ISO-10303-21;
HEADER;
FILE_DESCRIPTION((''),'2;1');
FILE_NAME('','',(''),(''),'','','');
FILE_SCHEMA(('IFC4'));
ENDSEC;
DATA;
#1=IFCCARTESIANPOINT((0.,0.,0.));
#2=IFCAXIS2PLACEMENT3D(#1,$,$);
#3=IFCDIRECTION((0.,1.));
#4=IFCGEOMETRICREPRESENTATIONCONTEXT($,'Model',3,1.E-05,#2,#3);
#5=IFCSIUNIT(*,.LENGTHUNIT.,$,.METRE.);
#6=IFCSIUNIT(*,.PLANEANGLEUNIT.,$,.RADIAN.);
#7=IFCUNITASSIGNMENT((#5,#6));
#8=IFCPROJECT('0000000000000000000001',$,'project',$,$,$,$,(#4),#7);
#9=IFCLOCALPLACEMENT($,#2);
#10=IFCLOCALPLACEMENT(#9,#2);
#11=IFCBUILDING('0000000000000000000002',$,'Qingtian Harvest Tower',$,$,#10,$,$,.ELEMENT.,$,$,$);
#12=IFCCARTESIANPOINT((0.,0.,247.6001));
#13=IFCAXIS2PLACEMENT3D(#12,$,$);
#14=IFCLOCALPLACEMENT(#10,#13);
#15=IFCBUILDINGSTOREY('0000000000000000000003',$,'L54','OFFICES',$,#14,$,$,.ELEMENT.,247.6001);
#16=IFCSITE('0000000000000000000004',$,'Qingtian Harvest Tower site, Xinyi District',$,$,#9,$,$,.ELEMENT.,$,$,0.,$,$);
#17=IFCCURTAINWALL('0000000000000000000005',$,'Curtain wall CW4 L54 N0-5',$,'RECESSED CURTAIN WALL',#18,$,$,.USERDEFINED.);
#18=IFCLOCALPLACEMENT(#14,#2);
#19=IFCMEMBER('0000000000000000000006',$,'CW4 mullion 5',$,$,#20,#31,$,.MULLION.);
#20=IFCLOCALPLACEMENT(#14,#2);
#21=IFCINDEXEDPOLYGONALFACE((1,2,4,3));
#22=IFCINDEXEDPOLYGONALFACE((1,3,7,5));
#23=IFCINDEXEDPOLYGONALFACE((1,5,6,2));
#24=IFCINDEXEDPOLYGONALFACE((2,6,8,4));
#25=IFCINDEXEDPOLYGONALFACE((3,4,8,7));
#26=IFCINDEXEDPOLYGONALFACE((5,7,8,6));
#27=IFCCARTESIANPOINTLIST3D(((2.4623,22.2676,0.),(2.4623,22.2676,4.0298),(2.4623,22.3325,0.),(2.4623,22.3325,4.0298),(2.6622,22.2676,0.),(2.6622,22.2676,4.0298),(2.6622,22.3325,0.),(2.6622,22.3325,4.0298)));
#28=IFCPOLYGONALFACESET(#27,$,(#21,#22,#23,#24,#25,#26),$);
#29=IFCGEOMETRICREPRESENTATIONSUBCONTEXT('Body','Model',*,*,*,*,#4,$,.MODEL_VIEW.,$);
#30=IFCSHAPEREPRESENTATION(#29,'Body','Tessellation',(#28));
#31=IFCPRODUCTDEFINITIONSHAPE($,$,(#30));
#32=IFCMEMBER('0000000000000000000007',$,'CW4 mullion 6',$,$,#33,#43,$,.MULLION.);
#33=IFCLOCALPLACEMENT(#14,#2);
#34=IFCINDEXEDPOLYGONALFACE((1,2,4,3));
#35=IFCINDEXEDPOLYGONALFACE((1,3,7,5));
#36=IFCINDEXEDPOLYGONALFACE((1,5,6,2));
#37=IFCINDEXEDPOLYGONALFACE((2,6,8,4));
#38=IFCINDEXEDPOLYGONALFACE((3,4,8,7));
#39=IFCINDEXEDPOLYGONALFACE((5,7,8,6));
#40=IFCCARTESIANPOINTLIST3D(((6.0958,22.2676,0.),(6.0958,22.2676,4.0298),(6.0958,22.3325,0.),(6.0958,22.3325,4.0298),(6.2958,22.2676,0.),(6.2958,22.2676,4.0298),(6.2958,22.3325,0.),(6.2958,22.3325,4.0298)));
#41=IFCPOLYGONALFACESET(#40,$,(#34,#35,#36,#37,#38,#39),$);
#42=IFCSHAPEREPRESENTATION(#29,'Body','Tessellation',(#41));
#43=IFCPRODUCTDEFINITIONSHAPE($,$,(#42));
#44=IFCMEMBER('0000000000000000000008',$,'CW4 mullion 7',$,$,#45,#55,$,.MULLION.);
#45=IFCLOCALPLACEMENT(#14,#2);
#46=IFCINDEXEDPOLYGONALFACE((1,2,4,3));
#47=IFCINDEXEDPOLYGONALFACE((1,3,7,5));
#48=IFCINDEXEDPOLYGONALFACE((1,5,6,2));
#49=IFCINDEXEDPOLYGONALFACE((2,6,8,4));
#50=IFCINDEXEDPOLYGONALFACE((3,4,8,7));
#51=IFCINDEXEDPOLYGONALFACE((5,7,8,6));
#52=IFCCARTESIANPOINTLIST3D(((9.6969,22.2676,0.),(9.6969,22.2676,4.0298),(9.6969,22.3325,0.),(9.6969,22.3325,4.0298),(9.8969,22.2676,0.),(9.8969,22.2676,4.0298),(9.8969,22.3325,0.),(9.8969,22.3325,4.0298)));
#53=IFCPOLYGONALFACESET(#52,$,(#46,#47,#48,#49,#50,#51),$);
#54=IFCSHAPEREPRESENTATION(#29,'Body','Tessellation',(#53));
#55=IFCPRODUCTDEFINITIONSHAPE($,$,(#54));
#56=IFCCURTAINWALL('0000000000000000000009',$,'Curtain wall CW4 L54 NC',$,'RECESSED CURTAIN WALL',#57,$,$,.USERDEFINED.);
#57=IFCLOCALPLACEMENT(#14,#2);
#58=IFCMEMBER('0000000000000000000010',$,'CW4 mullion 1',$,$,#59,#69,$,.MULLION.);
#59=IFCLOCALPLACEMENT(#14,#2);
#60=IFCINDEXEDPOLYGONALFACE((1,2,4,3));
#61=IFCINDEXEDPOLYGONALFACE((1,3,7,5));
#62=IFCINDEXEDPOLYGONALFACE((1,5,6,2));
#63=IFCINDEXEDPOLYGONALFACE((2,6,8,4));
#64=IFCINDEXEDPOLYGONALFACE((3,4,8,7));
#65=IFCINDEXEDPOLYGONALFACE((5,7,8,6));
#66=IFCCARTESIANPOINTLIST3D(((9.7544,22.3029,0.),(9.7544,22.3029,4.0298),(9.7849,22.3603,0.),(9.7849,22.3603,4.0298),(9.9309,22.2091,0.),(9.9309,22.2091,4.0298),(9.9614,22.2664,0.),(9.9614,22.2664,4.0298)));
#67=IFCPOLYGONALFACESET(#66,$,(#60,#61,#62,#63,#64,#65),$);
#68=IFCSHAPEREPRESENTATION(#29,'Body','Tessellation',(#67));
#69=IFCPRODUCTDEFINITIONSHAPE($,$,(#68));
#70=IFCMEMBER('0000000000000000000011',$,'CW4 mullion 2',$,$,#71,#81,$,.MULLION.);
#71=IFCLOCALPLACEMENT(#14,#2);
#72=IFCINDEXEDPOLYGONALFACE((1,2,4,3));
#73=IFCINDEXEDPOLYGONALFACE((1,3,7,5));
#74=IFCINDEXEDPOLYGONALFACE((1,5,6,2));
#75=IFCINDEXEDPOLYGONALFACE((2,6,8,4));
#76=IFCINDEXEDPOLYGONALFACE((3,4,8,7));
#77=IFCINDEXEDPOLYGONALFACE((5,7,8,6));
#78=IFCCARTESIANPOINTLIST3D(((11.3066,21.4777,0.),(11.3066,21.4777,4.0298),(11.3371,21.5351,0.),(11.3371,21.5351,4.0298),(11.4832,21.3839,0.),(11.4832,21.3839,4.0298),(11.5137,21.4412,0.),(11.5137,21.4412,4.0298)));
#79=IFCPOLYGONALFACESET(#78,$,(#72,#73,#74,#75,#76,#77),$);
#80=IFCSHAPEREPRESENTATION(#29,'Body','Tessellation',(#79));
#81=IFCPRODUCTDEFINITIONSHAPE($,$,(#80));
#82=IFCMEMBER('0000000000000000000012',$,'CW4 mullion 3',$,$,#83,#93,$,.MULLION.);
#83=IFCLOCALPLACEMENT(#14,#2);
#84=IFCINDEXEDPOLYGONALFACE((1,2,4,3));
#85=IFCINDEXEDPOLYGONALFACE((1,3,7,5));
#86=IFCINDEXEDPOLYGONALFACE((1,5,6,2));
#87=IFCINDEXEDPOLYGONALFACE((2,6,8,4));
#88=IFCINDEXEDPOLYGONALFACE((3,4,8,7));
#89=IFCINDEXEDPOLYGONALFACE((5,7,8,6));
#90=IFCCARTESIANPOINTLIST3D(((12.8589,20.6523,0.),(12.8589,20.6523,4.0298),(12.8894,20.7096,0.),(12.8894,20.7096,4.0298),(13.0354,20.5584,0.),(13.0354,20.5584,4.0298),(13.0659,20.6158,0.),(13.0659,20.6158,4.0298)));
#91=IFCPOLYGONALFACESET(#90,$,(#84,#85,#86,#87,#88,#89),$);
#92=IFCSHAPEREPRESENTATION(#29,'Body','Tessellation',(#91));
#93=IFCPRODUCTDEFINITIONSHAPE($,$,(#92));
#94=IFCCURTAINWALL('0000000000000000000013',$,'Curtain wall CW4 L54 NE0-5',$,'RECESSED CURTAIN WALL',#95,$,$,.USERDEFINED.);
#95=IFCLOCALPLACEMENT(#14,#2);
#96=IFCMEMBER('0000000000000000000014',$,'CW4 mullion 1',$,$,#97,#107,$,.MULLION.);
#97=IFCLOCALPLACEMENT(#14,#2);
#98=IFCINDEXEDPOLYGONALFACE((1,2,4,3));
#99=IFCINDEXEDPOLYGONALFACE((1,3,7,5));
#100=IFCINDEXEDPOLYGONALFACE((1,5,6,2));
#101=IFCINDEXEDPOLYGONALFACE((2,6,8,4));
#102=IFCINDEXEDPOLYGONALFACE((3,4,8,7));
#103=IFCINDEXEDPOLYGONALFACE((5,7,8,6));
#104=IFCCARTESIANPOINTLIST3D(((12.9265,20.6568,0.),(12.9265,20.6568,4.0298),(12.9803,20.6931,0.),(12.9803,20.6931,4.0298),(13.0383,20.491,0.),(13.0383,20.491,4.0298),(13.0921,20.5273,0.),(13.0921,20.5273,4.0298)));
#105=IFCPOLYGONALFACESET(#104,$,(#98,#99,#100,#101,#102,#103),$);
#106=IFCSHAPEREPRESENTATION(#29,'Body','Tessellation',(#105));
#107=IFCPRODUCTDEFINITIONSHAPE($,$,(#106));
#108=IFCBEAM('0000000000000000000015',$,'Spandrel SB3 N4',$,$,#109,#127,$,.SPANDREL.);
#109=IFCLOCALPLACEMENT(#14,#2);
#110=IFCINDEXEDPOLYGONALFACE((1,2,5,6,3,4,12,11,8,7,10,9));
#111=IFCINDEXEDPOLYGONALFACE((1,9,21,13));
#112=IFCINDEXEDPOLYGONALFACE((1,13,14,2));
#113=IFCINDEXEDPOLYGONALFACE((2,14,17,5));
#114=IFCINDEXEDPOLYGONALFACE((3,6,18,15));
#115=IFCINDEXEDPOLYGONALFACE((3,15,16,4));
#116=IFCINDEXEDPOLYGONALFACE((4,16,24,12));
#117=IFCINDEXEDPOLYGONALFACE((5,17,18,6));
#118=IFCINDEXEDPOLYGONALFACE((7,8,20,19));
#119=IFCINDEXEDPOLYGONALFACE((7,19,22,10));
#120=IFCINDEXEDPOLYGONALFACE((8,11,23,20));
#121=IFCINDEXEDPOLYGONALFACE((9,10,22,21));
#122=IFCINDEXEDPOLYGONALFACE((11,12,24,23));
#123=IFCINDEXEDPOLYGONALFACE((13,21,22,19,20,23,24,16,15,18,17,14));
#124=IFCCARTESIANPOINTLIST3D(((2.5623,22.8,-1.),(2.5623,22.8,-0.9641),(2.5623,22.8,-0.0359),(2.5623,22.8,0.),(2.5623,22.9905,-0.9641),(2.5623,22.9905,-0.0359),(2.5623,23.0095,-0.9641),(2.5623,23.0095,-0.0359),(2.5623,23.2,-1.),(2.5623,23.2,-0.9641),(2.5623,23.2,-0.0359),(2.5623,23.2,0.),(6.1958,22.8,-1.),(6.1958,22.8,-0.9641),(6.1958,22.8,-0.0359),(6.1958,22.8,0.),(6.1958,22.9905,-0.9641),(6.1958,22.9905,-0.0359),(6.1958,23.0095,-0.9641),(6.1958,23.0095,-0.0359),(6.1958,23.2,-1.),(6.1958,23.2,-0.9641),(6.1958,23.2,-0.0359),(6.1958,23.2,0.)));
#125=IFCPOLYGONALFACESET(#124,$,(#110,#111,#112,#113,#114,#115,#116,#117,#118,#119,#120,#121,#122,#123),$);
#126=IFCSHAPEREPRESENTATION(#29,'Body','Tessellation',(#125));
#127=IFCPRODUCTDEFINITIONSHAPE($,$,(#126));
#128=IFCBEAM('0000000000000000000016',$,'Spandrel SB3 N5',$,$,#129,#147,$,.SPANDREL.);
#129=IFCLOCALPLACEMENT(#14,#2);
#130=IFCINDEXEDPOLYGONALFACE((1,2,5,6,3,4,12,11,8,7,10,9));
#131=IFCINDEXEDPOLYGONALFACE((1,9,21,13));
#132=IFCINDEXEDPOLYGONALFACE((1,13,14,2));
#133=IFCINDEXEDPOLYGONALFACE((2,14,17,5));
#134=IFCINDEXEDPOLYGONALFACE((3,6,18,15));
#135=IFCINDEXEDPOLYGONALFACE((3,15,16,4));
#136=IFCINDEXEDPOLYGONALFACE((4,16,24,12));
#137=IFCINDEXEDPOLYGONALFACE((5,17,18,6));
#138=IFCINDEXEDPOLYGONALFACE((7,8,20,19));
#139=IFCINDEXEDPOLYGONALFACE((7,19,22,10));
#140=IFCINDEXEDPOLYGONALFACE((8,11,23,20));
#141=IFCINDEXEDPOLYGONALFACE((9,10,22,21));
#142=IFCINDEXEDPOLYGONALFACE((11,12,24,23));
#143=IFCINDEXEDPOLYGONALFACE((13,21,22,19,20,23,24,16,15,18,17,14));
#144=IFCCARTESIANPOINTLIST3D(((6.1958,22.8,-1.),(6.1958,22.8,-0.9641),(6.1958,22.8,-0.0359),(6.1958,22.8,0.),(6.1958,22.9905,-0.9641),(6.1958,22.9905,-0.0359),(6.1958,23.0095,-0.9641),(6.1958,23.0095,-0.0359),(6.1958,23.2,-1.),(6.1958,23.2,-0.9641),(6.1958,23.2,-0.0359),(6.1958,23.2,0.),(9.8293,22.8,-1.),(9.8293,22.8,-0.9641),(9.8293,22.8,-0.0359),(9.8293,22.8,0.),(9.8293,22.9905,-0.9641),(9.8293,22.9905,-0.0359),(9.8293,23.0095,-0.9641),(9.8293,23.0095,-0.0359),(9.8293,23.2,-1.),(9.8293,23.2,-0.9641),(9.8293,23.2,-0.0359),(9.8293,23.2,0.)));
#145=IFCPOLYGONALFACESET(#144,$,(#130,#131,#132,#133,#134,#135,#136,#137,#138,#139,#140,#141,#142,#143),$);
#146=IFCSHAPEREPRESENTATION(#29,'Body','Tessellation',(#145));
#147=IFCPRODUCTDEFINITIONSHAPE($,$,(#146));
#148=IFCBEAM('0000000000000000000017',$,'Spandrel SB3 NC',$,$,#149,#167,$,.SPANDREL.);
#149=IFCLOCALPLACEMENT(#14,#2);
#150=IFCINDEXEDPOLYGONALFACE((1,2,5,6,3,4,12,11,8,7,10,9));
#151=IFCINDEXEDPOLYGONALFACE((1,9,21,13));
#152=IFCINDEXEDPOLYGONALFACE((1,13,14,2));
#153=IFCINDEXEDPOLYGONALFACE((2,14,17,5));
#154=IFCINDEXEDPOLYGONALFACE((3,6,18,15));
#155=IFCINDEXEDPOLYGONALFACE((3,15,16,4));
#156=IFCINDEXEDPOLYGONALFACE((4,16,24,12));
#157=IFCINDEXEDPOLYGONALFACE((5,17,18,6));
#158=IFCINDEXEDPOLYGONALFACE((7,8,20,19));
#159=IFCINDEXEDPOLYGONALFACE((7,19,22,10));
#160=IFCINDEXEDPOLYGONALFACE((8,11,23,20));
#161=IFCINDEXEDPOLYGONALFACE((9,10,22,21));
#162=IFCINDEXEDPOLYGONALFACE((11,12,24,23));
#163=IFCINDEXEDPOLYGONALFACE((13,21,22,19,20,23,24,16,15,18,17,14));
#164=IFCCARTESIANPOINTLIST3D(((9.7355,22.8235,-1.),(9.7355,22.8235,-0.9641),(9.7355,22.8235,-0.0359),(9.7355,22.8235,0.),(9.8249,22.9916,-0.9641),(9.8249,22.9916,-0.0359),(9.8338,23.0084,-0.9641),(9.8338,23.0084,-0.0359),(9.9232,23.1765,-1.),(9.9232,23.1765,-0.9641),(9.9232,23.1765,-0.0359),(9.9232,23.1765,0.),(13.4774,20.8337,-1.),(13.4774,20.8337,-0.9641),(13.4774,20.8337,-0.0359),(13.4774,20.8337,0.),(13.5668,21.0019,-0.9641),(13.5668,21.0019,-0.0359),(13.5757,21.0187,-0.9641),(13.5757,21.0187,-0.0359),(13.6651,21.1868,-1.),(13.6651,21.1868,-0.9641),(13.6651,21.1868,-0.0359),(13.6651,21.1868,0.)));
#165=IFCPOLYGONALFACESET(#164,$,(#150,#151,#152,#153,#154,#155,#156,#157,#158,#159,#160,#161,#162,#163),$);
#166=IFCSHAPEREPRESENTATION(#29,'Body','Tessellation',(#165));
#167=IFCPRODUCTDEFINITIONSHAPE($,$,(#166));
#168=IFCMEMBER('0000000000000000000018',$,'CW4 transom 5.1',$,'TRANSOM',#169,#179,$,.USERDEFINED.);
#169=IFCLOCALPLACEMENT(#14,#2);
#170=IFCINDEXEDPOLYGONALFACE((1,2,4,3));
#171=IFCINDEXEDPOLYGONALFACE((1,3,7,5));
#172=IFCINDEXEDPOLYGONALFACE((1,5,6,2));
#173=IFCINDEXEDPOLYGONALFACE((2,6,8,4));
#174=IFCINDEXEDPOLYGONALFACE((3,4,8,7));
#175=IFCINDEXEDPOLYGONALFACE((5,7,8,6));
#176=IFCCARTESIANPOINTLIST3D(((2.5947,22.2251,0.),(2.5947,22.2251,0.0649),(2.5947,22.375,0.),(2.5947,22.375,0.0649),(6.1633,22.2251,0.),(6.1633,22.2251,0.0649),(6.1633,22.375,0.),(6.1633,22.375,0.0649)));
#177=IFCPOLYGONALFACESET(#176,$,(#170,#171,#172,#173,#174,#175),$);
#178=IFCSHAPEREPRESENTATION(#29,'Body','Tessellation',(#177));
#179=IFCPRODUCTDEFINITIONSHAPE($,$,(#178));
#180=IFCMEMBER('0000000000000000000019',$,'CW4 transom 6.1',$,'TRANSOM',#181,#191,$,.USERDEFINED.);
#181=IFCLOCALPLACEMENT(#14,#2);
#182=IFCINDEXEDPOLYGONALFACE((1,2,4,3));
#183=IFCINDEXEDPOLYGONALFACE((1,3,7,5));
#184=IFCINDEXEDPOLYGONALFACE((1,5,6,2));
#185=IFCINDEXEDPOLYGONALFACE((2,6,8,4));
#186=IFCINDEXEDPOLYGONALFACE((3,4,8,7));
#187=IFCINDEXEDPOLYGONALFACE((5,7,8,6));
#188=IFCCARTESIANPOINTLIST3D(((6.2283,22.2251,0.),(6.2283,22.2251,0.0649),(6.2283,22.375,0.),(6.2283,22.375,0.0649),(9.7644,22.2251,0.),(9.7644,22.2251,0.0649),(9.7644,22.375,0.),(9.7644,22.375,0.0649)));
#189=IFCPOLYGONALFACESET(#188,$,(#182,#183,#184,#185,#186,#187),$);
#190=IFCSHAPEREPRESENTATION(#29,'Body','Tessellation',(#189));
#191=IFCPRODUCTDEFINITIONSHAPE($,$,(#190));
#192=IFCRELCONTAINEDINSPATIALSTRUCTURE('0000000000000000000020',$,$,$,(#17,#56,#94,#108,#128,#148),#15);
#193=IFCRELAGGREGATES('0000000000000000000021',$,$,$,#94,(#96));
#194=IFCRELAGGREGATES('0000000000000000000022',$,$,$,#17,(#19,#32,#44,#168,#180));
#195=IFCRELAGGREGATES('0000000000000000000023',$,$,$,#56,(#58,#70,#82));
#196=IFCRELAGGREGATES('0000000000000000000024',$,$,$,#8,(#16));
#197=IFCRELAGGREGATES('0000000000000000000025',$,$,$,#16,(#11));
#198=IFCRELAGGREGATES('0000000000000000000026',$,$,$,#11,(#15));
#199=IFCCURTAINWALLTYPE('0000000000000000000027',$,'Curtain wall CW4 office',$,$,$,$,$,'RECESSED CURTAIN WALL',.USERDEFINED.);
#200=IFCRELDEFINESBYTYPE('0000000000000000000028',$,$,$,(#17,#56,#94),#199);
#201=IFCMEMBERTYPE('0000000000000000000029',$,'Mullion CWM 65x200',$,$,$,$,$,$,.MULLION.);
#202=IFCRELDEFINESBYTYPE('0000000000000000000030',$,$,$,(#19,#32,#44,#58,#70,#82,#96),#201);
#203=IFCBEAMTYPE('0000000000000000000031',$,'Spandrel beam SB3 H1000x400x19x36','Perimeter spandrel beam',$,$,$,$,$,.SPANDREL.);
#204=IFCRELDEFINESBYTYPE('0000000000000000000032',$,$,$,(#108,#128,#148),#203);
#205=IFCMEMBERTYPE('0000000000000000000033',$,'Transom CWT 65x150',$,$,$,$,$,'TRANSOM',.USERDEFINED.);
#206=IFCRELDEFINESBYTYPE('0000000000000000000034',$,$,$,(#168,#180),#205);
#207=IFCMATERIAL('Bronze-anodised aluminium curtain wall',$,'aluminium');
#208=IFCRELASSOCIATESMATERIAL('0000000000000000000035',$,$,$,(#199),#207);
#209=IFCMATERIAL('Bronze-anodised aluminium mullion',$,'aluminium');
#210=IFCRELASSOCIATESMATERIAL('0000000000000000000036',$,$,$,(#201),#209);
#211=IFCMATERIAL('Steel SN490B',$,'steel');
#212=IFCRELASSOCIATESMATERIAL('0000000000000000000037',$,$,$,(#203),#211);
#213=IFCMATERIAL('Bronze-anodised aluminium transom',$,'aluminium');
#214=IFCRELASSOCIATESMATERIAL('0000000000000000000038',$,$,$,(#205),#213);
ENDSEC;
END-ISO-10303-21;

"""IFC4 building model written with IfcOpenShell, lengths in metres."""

from ifc_helpers import new_model, si_unit, direction, frame, origin, origin_2d, place, context, subcontext, project, spatial, rectangle, i_section, extrude, material, material_profile, profile_set, type_object, element, aggregate, save


model = new_model("IFC4")

# Units and contexts
model_context = context("Model", 3, precision=1e-05, world=origin(), true_north=direction((0.0, 1.0)))
body_context = subcontext(model_context, "Body", "Model", "MODEL_VIEW")
ifc_project = project(units=[si_unit("LENGTHUNIT", "METRE"), si_unit("PLANEANGLEUNIT", "RADIAN")], contexts=[model_context])

# Site, building, storey
site_placement = place(None, origin())
site = spatial("IfcSite", under=ifc_project, at=site_placement, Name="Qingtian Harvest Tower site, Xinyi District", CompositionType="ELEMENT", RefElevation=0.0)
building_placement = place(site_placement, origin())
building = spatial("IfcBuilding", under=site, at=building_placement, Name="Qingtian Harvest Tower", CompositionType="ELEMENT")
storey_placement = place(building_placement, frame((0.0, 0.0, 247.6001)))
storey = spatial("IfcBuildingStorey", under=building, at=storey_placement, Name="L54", Description="OFFICES", CompositionType="ELEMENT", Elevation=247.6001)

# Curtain walls, members
ifc_material_1 = material(Name="Bronze-anodised aluminium curtain wall", Category="aluminium")
curtain_wall_type = type_object("IfcCurtainWallType", Name="Curtain wall CW4 office", ElementType="RECESSED CURTAIN WALL", PredefinedType="USERDEFINED", material=ifc_material_1)
curtain_wall_1_placement = place(storey_placement, origin())
curtain_wall_1 = element("IfcCurtainWall", 1, at=curtain_wall_1_placement, inside=storey, type_object=curtain_wall_type, Name="Curtain wall CW4 L54 N0-5", ObjectType="RECESSED CURTAIN WALL", PredefinedType="USERDEFINED")
ifc_material_2 = material(Name="Bronze-anodised aluminium mullion", Category="aluminium")
ifc_material_profile_1 = material_profile(ifc_material_2, rectangle(XDim=0.0649, YDim=0.2, at=origin_2d()), Name="AL 65x200")
ifc_profile_set_1 = profile_set([ifc_material_profile_1], Name="Bronze-anodised aluminium mullion")
member_type_1 = type_object("IfcMemberType", Name="Mullion CWM 65x200", PredefinedType="MULLION", material=ifc_profile_set_1)
member_1_placement = place(storey_placement, frame((2.5623, 22.3, 0.0), z_axis=(0.0, 0.0, 1.0), x_axis=(0.0, 1.0, 0.0)))
member_1 = element("IfcMember", 2, at=member_1_placement, type_object=member_type_1, Name="CW4 mullion 5", PredefinedType="MULLION", context=body_context, shape_type="SweptSolid", body=[
    extrude(rectangle(XDim=0.0649, YDim=0.2, at=origin_2d()), origin(), (0.0, 0.0, 1.0), 4.0298),
])
member_2_placement = place(storey_placement, frame((6.1958, 22.3, 0.0), z_axis=(0.0, 0.0, 1.0), x_axis=(0.0, 1.0, 0.0)))
member_2 = element("IfcMember", 3, at=member_2_placement, type_object=member_type_1, Name="CW4 mullion 6", PredefinedType="MULLION", context=body_context, shape_type="SweptSolid", body=[
    extrude(rectangle(XDim=0.0649, YDim=0.2, at=origin_2d()), origin(), (0.0, 0.0, 1.0), 4.0298),
])
member_3_placement = place(storey_placement, frame((9.7969, 22.3, 0.0), z_axis=(0.0, 0.0, 1.0), x_axis=(0.0, 1.0, 0.0)))
member_3 = element("IfcMember", 4, at=member_3_placement, type_object=member_type_1, Name="CW4 mullion 7", PredefinedType="MULLION", context=body_context, shape_type="SweptSolid", body=[
    extrude(rectangle(XDim=0.0649, YDim=0.2, at=origin_2d()), origin(), (0.0, 0.0, 1.0), 4.0298),
])
curtain_wall_2_placement = place(storey_placement, origin())
curtain_wall_2 = element("IfcCurtainWall", 5, at=curtain_wall_2_placement, inside=storey, type_object=curtain_wall_type, Name="Curtain wall CW4 L54 NC", ObjectType="RECESSED CURTAIN WALL", PredefinedType="USERDEFINED")
member_4_placement = place(storey_placement, frame((9.8579, 22.2847, 0.0), z_axis=(0.0, 0.0, 1.0), x_axis=(0.469472, 0.882948, 0.0)))
member_4 = element("IfcMember", 6, at=member_4_placement, type_object=member_type_1, Name="CW4 mullion 1", PredefinedType="MULLION", context=body_context, shape_type="SweptSolid", body=[
    extrude(rectangle(XDim=0.0649, YDim=0.2, at=origin_2d()), origin(), (0.0, 0.0, 1.0), 4.0298),
])
member_5_placement = place(storey_placement, frame((11.4102, 21.4595, 0.0), z_axis=(0.0, 0.0, 1.0), x_axis=(0.469472, 0.882948, 0.0)))
member_5 = element("IfcMember", 7, at=member_5_placement, type_object=member_type_1, Name="CW4 mullion 2", PredefinedType="MULLION", context=body_context, shape_type="SweptSolid", body=[
    extrude(rectangle(XDim=0.0649, YDim=0.2, at=origin_2d()), origin(), (0.0, 0.0, 1.0), 4.0298),
])
member_6_placement = place(storey_placement, frame((12.9624, 20.634, 0.0), z_axis=(0.0, 0.0, 1.0), x_axis=(0.469472, 0.882948, 0.0)))
member_6 = element("IfcMember", 8, at=member_6_placement, type_object=member_type_1, Name="CW4 mullion 3", PredefinedType="MULLION", context=body_context, shape_type="SweptSolid", body=[
    extrude(rectangle(XDim=0.0649, YDim=0.2, at=origin_2d()), origin(), (0.0, 0.0, 1.0), 4.0298),
])

# Curtain wall, member
curtain_wall_3_placement = place(storey_placement, origin())
curtain_wall_3 = element("IfcCurtainWall", 9, at=curtain_wall_3_placement, inside=storey, type_object=curtain_wall_type, Name="Curtain wall CW4 L54 NE0-5", ObjectType="RECESSED CURTAIN WALL", PredefinedType="USERDEFINED")
member_7_placement = place(storey_placement, frame((13.0093, 20.592, 0.0), z_axis=(0.0, 0.0, 1.0), x_axis=(0.829038, 0.559193, 0.0)))
member_7 = element("IfcMember", 10, at=member_7_placement, type_object=member_type_1, Name="CW4 mullion 1", PredefinedType="MULLION", context=body_context, shape_type="SweptSolid", body=[
    extrude(rectangle(XDim=0.0649, YDim=0.2, at=origin_2d()), origin(), (0.0, 0.0, 1.0), 4.0298),
])

# Beams
ifc_material_3 = material(Name="Steel SN490B", Category="steel")
ifc_material_profile_2 = material_profile(ifc_material_3, i_section(OverallWidth=0.3999, OverallDepth=1.0, WebThickness=0.019, FlangeThickness=0.0359, at=origin_2d()), Name="H1000x400x19x36")
ifc_profile_set_2 = profile_set([ifc_material_profile_2], Name="Steel SN490B")
beam_type_1 = type_object("IfcBeamType", Name="Spandrel beam SB3 H1000x400x19x36", Description="Perimeter spandrel beam", PredefinedType="SPANDREL", material=ifc_profile_set_2)
for number, where, z_axis, x_axis, name in (
    (11, (2.5623, 23.0, -0.5), (1.0, 0.0, 0.0), (0.0, 1.0, 0.0), "Spandrel SB3 N4"),
    (12, (6.1958, 23.0, -0.5), (1.0, 0.0, 0.0), (0.0, 1.0, 0.0), "Spandrel SB3 N5"),
):
    element("IfcBeam", number, at=place(storey_placement, frame(where, z_axis=z_axis, x_axis=x_axis)), inside=storey, type_object=beam_type_1, Name=name, PredefinedType="SPANDREL", context=body_context, shape_type="SweptSolid", body=[
        extrude(i_section(OverallWidth=0.3999, OverallDepth=1.0, WebThickness=0.019, FlangeThickness=0.0359, at=origin_2d()), origin(), (0.0, 0.0, 1.0), 3.6335),
    ])
beam_1_placement = place(storey_placement, frame((9.8293, 23.0, -0.5), z_axis=(0.882936, -0.469494, 0.0), x_axis=(0.469494, 0.882936, 0.0)))
element("IfcBeam", 13, at=beam_1_placement, inside=storey, type_object=beam_type_1, Name="Spandrel SB3 NC", PredefinedType="SPANDREL", context=body_context, shape_type="SweptSolid", body=[
    extrude(i_section(OverallWidth=0.3999, OverallDepth=1.0, WebThickness=0.019, FlangeThickness=0.0359, at=origin_2d()), origin(), (0.0, 0.0, 1.0), 4.238),
])

# Members
ifc_material_4 = material(Name="Bronze-anodised aluminium transom", Category="aluminium")
ifc_material_profile_3 = material_profile(ifc_material_4, rectangle(XDim=0.1499, YDim=0.0649, at=origin_2d()), Name="AL 65x150")
ifc_profile_set_3 = profile_set([ifc_material_profile_3], Name="Bronze-anodised aluminium transom")
member_type_2 = type_object("IfcMemberType", Name="Transom CWT 65x150", ElementType="TRANSOM", PredefinedType="USERDEFINED", material=ifc_profile_set_3)
member_8_placement = place(storey_placement, frame((2.5947, 22.3, 0.0325), z_axis=(1.0, 0.0, 0.0), x_axis=(0.0, 1.0, 0.0)))
member_8 = element("IfcMember", 14, at=member_8_placement, type_object=member_type_2, Name="CW4 transom 5.1", ObjectType="TRANSOM", PredefinedType="USERDEFINED", context=body_context, shape_type="SweptSolid", body=[
    extrude(rectangle(XDim=0.1499, YDim=0.0649, at=origin_2d()), origin(), (0.0, 0.0, 1.0), 3.5686),
])
member_9_placement = place(storey_placement, frame((6.2283, 22.3, 0.0325), z_axis=(1.0, 0.0, 0.0), x_axis=(0.0, 1.0, 0.0)))
member_9 = element("IfcMember", 15, at=member_9_placement, type_object=member_type_2, Name="CW4 transom 6.1", ObjectType="TRANSOM", PredefinedType="USERDEFINED", context=body_context, shape_type="SweptSolid", body=[
    extrude(rectangle(XDim=0.1499, YDim=0.0649, at=origin_2d()), origin(), (0.0, 0.0, 1.0), 3.5361),
])
aggregate(curtain_wall_3, [member_7])

aggregate(curtain_wall_1, [member_1, member_2, member_3, member_8, member_9])
aggregate(curtain_wall_2, [member_4, member_5, member_6])

save(model, "model.ifc")
